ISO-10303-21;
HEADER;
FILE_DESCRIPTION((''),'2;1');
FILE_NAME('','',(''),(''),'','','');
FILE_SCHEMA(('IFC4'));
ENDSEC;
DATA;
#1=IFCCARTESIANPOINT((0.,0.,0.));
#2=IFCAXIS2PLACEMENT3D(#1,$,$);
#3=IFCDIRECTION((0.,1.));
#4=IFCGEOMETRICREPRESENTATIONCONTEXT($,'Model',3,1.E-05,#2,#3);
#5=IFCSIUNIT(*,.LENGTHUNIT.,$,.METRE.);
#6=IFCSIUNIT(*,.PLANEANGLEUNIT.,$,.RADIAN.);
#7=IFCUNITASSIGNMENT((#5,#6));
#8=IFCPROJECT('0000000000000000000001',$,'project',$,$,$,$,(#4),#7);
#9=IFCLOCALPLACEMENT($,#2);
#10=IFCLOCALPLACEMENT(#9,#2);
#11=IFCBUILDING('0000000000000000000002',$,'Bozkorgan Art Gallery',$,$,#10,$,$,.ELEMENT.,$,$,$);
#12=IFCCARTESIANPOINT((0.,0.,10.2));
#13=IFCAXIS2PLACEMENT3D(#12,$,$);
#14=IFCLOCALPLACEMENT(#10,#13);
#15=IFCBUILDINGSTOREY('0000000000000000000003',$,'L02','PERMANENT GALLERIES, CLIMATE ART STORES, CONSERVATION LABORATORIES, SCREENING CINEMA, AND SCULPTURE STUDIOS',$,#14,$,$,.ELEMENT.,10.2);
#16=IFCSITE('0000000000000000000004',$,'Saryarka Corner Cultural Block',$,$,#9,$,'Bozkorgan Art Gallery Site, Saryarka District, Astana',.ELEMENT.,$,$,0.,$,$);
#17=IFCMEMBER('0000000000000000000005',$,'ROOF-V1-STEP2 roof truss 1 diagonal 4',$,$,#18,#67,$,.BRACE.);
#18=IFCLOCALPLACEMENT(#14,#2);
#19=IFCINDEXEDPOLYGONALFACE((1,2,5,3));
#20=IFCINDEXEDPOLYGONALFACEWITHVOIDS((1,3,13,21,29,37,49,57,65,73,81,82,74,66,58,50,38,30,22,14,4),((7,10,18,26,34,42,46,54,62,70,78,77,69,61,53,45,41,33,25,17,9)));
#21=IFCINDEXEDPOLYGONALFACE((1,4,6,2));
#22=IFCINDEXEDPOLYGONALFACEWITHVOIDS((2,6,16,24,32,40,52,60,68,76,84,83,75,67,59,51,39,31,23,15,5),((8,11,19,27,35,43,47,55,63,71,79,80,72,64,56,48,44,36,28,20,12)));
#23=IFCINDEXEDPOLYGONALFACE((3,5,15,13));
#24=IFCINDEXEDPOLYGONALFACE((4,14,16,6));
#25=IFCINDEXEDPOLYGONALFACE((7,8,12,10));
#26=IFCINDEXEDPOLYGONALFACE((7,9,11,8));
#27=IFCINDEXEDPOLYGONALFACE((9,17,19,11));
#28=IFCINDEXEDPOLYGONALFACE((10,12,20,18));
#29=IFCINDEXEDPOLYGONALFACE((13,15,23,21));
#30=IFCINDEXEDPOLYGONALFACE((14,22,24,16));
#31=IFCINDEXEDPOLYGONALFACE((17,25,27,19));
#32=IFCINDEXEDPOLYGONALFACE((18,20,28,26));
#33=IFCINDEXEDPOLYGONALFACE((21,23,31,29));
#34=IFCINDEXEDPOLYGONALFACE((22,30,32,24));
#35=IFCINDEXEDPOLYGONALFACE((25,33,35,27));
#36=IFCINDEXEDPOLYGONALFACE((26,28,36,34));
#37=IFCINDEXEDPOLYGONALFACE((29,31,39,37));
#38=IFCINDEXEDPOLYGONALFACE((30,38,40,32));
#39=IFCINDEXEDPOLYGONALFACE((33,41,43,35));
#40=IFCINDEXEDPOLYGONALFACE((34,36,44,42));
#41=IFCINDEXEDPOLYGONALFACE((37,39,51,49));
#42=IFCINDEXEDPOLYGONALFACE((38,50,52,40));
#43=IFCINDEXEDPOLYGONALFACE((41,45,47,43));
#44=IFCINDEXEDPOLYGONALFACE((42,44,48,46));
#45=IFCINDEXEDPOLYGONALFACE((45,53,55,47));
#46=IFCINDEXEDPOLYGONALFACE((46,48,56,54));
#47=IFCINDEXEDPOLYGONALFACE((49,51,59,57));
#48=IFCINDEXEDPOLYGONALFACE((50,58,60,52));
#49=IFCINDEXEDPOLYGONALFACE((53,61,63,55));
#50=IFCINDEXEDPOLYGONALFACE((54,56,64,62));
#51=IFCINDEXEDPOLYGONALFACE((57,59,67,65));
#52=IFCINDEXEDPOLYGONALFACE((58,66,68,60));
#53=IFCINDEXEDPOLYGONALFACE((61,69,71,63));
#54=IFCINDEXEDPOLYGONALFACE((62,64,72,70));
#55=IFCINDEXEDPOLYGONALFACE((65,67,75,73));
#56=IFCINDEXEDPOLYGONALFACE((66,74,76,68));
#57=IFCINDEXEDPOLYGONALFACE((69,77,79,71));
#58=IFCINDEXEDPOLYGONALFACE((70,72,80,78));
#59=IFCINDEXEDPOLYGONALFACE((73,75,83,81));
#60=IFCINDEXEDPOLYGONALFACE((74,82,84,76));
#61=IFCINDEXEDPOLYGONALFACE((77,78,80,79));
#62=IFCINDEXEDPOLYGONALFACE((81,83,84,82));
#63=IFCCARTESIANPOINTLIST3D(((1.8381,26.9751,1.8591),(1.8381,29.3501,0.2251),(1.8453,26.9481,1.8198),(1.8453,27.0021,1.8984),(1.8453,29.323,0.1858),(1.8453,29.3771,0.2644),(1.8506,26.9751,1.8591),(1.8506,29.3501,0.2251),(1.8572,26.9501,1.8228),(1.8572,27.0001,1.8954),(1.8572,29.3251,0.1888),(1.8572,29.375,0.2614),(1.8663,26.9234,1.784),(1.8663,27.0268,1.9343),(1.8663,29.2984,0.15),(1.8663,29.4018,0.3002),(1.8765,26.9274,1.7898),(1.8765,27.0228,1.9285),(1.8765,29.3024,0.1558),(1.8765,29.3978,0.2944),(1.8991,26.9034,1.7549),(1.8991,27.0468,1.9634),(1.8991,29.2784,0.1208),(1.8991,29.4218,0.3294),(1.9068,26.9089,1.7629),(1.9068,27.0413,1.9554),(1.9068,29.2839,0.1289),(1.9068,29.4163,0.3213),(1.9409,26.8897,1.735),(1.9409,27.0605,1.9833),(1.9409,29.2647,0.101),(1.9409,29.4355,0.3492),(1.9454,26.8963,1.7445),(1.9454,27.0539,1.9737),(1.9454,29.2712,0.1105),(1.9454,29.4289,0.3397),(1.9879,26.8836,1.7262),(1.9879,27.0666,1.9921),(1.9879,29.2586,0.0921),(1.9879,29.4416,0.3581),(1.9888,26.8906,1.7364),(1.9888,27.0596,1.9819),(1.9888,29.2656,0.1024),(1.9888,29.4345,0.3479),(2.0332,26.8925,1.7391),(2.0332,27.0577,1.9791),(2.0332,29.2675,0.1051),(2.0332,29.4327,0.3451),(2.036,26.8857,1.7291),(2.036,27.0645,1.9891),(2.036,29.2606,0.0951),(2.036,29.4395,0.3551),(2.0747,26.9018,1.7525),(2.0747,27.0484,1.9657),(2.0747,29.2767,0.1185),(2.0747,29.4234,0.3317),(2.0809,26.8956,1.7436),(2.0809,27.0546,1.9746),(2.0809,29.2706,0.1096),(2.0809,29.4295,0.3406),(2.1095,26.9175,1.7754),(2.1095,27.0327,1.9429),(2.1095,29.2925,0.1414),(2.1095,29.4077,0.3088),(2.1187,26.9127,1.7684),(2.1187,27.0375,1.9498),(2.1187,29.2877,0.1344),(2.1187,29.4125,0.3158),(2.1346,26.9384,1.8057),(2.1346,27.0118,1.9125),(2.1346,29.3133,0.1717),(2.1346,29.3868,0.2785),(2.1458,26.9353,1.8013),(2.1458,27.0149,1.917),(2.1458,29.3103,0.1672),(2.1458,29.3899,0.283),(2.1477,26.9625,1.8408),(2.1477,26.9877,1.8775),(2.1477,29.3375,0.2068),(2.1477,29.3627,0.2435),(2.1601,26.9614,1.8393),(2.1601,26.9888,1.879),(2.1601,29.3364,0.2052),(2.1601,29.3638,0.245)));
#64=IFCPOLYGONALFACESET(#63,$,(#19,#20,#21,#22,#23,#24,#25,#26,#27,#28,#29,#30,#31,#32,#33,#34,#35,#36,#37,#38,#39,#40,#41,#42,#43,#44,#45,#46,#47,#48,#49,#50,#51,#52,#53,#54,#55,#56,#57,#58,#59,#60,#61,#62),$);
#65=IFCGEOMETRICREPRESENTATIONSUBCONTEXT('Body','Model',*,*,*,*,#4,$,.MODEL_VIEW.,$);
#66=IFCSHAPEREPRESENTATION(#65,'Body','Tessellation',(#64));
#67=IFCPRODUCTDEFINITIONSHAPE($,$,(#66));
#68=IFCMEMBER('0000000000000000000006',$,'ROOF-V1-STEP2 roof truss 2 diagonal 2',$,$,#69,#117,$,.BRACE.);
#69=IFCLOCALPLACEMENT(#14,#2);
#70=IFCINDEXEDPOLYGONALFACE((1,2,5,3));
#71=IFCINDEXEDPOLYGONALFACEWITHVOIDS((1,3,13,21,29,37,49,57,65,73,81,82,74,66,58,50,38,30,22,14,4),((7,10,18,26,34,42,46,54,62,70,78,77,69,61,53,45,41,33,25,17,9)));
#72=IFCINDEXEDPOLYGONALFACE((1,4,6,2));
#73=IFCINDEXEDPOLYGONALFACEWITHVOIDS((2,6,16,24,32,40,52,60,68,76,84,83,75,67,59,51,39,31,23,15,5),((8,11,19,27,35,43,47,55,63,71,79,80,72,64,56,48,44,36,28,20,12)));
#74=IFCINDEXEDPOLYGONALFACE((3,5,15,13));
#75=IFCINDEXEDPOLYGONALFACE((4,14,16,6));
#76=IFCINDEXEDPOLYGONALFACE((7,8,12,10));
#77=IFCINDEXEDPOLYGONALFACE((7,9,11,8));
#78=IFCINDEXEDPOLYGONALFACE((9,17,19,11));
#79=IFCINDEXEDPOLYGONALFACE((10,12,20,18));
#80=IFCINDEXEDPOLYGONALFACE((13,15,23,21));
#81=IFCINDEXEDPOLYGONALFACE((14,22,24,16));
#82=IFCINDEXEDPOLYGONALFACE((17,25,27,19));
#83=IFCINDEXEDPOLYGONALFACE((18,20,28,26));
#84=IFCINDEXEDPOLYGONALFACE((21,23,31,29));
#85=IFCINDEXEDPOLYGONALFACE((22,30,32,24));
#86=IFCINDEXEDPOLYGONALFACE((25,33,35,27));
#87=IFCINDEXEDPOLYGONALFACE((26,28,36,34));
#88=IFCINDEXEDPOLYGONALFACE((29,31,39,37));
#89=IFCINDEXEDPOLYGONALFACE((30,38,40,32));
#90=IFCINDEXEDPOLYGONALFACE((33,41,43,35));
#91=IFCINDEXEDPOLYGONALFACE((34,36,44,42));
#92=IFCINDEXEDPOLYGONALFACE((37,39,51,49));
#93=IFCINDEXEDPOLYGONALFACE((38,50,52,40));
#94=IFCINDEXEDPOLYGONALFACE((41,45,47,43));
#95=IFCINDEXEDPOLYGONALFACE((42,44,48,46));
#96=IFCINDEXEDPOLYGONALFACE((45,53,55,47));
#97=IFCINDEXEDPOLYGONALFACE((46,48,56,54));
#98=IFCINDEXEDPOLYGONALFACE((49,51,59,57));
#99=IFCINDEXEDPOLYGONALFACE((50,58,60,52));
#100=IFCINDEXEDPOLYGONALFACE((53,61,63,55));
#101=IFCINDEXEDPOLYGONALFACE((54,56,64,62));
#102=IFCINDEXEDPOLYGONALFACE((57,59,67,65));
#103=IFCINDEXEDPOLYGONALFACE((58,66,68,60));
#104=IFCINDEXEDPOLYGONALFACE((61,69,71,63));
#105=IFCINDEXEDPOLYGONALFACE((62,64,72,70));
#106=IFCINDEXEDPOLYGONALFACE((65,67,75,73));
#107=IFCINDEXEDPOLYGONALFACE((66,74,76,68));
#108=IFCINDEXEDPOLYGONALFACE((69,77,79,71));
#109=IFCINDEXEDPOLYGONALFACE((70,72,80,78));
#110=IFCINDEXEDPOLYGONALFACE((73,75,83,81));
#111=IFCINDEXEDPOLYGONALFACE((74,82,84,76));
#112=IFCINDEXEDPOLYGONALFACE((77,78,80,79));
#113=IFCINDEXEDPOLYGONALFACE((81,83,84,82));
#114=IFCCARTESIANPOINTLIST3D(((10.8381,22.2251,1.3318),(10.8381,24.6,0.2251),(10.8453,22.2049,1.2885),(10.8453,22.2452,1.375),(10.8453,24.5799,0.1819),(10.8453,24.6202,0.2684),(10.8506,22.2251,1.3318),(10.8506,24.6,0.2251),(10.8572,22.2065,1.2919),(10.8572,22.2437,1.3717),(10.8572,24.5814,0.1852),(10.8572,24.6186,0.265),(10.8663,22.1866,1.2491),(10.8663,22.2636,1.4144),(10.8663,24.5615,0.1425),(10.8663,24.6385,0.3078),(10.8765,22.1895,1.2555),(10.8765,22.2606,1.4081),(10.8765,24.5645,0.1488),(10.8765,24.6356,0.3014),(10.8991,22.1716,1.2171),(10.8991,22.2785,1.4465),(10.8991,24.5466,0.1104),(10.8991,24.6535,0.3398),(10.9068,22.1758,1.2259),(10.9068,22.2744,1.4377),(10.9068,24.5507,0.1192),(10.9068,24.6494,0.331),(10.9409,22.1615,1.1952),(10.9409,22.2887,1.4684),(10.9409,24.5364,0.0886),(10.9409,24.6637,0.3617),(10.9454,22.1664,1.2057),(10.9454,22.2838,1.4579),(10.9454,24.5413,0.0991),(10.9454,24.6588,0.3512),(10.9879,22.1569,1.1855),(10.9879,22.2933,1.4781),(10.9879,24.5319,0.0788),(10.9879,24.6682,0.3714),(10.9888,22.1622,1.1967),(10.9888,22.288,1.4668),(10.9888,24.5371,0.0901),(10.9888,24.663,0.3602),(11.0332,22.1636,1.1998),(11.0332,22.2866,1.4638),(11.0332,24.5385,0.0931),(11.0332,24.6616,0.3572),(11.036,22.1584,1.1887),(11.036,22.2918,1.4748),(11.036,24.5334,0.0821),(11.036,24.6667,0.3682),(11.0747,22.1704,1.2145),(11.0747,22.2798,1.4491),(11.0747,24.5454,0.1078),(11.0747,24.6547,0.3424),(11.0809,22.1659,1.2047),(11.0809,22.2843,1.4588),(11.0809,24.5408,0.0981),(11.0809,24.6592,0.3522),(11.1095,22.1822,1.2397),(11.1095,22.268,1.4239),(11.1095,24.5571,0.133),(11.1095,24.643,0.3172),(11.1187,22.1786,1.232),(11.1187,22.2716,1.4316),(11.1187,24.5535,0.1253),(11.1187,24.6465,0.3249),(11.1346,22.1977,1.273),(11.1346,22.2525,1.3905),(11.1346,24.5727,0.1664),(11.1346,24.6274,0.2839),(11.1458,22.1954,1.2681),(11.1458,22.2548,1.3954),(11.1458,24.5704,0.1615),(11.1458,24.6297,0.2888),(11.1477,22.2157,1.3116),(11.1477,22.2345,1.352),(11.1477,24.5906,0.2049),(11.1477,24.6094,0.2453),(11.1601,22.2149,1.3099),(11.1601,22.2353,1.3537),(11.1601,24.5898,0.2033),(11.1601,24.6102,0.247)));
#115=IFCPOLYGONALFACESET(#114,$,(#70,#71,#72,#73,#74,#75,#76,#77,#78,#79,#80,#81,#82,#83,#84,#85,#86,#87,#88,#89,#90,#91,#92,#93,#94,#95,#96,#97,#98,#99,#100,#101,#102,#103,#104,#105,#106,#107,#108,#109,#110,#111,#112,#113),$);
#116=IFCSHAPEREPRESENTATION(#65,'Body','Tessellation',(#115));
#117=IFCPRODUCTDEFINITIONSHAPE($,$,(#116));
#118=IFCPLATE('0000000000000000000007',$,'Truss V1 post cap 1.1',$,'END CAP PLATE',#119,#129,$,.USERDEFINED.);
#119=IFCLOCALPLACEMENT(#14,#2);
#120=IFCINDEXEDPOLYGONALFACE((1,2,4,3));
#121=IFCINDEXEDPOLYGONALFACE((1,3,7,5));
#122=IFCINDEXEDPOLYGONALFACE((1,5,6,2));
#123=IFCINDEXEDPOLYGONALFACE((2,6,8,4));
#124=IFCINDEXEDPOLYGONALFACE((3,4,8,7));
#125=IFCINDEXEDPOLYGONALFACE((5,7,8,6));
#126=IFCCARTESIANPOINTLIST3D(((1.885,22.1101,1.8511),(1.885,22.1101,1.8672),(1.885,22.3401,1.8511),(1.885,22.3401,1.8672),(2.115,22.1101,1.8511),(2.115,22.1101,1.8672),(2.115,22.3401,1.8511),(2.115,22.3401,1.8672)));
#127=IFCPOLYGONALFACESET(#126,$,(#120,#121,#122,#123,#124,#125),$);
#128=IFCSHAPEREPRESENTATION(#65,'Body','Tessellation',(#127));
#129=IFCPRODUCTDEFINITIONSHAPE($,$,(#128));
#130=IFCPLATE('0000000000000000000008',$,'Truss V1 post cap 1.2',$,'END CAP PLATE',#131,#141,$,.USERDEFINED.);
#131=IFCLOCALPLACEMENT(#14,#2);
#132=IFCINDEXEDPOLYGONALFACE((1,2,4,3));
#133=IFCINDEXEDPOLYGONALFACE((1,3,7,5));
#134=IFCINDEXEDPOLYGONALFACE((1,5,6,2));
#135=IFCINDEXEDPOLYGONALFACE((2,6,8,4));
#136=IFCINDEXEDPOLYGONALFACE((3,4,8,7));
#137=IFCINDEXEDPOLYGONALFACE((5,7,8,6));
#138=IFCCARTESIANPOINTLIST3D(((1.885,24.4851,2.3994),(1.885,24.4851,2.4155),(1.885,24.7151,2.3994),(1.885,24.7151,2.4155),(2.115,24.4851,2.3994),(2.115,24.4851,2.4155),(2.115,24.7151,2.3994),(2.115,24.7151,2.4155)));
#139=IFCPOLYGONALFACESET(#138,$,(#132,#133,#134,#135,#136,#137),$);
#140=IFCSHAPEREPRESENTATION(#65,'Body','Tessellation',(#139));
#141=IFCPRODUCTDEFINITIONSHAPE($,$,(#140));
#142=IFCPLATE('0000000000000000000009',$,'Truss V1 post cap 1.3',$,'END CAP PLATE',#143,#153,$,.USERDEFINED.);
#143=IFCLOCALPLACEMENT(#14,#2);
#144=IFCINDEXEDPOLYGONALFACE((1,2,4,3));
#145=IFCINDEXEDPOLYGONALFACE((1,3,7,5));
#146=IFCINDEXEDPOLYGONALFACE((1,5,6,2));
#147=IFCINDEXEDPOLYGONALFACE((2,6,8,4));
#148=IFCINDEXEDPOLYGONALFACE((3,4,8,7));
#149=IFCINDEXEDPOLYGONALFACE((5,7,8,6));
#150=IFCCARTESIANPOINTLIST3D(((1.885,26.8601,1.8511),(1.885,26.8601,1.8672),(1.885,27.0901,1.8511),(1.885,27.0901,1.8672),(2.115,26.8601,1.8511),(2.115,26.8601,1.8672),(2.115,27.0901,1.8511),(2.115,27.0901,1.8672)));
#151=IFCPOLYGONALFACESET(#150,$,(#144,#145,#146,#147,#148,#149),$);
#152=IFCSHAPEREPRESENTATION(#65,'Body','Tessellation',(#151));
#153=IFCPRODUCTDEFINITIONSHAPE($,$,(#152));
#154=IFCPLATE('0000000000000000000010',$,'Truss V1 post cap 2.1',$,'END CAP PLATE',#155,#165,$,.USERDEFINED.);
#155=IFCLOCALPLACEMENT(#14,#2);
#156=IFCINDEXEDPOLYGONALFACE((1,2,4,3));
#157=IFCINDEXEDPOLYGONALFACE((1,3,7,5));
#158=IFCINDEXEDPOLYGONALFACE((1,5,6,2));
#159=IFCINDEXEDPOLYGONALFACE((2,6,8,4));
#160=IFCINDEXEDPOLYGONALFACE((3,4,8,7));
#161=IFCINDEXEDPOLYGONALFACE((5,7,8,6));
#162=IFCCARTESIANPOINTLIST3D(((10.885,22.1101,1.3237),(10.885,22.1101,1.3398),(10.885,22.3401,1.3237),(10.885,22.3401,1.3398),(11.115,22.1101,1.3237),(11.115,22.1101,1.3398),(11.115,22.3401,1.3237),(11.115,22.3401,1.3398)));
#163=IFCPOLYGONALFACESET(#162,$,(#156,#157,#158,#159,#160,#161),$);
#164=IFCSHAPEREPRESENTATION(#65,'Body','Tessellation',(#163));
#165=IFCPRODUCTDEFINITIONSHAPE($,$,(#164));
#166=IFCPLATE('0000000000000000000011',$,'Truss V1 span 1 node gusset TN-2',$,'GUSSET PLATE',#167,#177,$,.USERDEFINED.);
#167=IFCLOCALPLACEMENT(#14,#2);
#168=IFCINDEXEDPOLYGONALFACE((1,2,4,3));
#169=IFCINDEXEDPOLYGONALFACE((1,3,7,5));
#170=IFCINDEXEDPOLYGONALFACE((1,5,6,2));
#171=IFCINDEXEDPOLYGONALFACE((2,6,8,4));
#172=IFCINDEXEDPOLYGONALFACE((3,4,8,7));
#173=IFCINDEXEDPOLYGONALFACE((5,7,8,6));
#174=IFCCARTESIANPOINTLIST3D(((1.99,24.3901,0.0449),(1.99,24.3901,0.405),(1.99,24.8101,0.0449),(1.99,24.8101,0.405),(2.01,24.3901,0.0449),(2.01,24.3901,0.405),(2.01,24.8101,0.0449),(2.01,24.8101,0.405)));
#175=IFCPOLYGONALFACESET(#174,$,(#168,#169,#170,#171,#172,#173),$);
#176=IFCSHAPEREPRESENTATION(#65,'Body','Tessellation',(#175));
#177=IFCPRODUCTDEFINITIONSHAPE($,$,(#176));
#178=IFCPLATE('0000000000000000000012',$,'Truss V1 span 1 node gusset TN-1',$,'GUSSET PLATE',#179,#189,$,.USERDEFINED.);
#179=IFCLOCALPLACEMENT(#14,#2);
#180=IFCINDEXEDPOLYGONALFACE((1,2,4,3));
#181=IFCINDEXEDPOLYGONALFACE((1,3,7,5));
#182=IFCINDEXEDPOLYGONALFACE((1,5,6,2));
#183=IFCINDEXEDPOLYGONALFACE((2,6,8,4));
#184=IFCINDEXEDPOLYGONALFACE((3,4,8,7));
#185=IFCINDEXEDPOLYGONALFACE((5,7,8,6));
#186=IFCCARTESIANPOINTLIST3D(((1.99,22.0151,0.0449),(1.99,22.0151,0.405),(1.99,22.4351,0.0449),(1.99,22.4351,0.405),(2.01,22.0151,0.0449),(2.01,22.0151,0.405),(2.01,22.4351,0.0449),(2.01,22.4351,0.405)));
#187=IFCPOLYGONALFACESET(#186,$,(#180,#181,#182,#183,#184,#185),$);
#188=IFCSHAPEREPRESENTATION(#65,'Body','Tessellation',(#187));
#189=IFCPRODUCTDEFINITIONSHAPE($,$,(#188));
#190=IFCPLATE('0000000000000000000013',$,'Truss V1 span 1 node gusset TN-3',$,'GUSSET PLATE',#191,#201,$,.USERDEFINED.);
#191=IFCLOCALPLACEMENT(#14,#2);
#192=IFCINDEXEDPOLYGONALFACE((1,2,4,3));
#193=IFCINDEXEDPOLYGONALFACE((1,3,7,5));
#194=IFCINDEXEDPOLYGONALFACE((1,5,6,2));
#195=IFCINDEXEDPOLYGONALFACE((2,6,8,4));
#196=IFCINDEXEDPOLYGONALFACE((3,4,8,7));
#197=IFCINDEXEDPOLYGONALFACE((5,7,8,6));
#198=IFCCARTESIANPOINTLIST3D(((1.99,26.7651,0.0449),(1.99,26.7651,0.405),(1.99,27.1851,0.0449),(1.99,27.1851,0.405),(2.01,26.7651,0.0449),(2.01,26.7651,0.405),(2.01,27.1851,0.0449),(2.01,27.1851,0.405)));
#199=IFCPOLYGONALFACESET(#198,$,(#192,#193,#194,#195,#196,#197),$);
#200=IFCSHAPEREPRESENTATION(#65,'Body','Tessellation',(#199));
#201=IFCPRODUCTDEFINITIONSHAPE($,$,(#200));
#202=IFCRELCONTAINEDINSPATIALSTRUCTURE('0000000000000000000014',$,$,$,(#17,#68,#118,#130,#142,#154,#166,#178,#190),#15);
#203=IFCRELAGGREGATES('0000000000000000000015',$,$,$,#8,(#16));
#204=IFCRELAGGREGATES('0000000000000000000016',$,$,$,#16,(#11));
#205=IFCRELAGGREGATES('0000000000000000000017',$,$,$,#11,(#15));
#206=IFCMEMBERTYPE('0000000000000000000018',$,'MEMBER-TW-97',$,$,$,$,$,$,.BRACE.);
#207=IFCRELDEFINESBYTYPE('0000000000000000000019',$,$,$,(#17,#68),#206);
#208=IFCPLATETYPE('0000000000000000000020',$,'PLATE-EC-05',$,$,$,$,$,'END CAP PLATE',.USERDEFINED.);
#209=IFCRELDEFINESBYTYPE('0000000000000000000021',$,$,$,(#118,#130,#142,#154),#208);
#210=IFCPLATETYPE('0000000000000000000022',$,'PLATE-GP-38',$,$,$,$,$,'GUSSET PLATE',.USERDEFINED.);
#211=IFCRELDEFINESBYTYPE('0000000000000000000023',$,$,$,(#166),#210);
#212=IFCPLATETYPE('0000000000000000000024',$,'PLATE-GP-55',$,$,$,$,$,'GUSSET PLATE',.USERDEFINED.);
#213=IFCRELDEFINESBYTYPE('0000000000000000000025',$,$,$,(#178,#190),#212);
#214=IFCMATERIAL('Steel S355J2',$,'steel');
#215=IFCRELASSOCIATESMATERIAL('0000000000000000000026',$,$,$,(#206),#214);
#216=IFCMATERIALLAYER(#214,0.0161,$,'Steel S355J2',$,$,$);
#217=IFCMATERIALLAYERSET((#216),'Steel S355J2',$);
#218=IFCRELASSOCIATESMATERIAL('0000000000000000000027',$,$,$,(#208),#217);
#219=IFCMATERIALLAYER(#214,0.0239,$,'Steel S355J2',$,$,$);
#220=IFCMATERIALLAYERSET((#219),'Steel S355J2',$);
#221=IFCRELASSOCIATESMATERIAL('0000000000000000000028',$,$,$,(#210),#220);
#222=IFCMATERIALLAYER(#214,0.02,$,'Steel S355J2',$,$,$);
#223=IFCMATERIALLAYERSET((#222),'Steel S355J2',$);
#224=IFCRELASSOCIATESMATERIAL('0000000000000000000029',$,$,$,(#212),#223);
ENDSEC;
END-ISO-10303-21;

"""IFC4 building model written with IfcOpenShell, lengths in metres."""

from ifc_helpers import new_model, si_unit, direction, frame, origin, origin_2d, place, context, subcontext, project, spatial, rectangle, hollow_circle, extrude, material, layer, layer_set, material_profile, profile_set, type_object, element, save


model = new_model("IFC4")

# Units and contexts
model_context = context("Model", 3, precision=1e-05, world=origin(), true_north=direction((0.0, 1.0)))
body_context = subcontext(model_context, "Body", "Model", "MODEL_VIEW")
ifc_project = project(units=[si_unit("LENGTHUNIT", "METRE"), si_unit("PLANEANGLEUNIT", "RADIAN")], contexts=[model_context])

# Site, building, storey
site_placement = place(None, origin())
site = spatial("IfcSite", under=ifc_project, at=site_placement, Name="Saryarka Corner Cultural Block", LongName="Bozkorgan Art Gallery Site, Saryarka District, Astana", CompositionType="ELEMENT", RefElevation=0.0)
building_placement = place(site_placement, origin())
building = spatial("IfcBuilding", under=site, at=building_placement, Name="Bozkorgan Art Gallery", CompositionType="ELEMENT")
storey_placement = place(building_placement, frame((0.0, 0.0, 10.2)))
storey = spatial("IfcBuildingStorey", under=building, at=storey_placement, Name="L02", Description="PERMANENT GALLERIES, CLIMATE ART STORES, CONSERVATION LABORATORIES, SCREENING CINEMA, AND SCULPTURE STUDIOS", CompositionType="ELEMENT", Elevation=10.2)

# Members
ifc_material_1 = material(Name="Steel S355J2", Category="steel")
ifc_material_profile_1 = material_profile(ifc_material_1, hollow_circle(Radius=0.1619, WallThickness=0.0125, at=origin_2d()), Name="CHS 323.9x12.5")
ifc_profile_set_1 = profile_set([ifc_material_profile_1], Name="Steel S355J2")
member_type_1 = type_object("IfcMemberType", Name="MEMBER-TW-97", PredefinedType="BRACE", material=ifc_profile_set_1)
for number, where, z_axis, x_axis, name in (
    (1, (2.0, 26.9751, 1.8591), (0.0, 0.823844, -0.566816), (-1.0, 0.0, 0.0), "ROOF-V1-STEP2 roof truss 1 diagonal 4"),
):
    element("IfcMember", number, at=place(storey_placement, frame(where, z_axis=z_axis, x_axis=x_axis)), inside=storey, type_object=member_type_1, Name=name, PredefinedType="BRACE", context=body_context, shape_type="SweptSolid", body=[
        extrude(hollow_circle(Radius=0.1619, WallThickness=0.0125, at=origin_2d()), origin(), (0.0, 0.0, 1.0), 2.8828),
    ])
member_1_placement = place(storey_placement, frame((11.0, 22.2251, 1.3318), z_axis=(0.0, 0.906423, -0.42237), x_axis=(-1.0, 0.0, 0.0)))
element("IfcMember", 2, at=member_1_placement, inside=storey, type_object=member_type_1, Name="ROOF-V1-STEP2 roof truss 2 diagonal 2", PredefinedType="BRACE", context=body_context, shape_type="SweptSolid", body=[
    extrude(hollow_circle(Radius=0.1619, WallThickness=0.0125, at=origin_2d()), origin(), (0.0, 0.0, 1.0), 2.6201),
])

# Plates
ifc_layer_1 = layer(ifc_material_1, 0.0161, Name="Steel S355J2")
ifc_layer_set_1 = layer_set([ifc_layer_1], Name="Steel S355J2")
plate_type_1 = type_object("IfcPlateType", Name="PLATE-EC-05", ElementType="END CAP PLATE", PredefinedType="USERDEFINED", material=ifc_layer_set_1)
for number, where, z_axis, x_axis, name in (
    (3, (2.0, 22.2251, 1.8511), (0.0, 0.0, 1.0), (1.0, 0.0, 0.0), "Truss V1 post cap 1.1"),
    (4, (2.0, 24.6001, 2.3994), (0.0, 0.0, 1.0), (1.0, 0.0, 0.0), "Truss V1 post cap 1.2"),
    (5, (2.0, 26.9751, 1.8511), (0.0, 0.0, 1.0), (1.0, 0.0, 0.0), "Truss V1 post cap 1.3"),
    (6, (11.0, 22.2251, 1.3237), (0.0, 0.0, 1.0), (1.0, 0.0, 0.0), "Truss V1 post cap 2.1"),
):
    element("IfcPlate", number, at=place(storey_placement, frame(where, z_axis=z_axis, x_axis=x_axis)), inside=storey, type_object=plate_type_1, Name=name, ObjectType="END CAP PLATE", PredefinedType="USERDEFINED", context=body_context, shape_type="SweptSolid", body=[
        extrude(rectangle(XDim=0.23, YDim=0.23, at=origin_2d()), origin(), (0.0, 0.0, 1.0), 0.0161),
    ])
ifc_layer_2 = layer(ifc_material_1, 0.0239, Name="Steel S355J2")
ifc_layer_set_2 = layer_set([ifc_layer_2], Name="Steel S355J2")
plate_type_2 = type_object("IfcPlateType", Name="PLATE-GP-38", ElementType="GUSSET PLATE", PredefinedType="USERDEFINED", material=ifc_layer_set_2)
plate_placement = place(storey_placement, frame((2.0, 24.6001, 0.0449), z_axis=(0.0, 0.0, 1.0), x_axis=(1.0, 0.0, 0.0)))
element("IfcPlate", 7, at=plate_placement, inside=storey, type_object=plate_type_2, Name="Truss V1 span 1 node gusset TN-2", ObjectType="GUSSET PLATE", PredefinedType="USERDEFINED", context=body_context, shape_type="SweptSolid", body=[
    extrude(rectangle(XDim=0.02, YDim=0.4199, at=origin_2d()), origin(), (0.0, 0.0, 1.0), 0.3601),
])
ifc_layer_3 = layer(ifc_material_1, 0.02, Name="Steel S355J2")
ifc_layer_set_3 = layer_set([ifc_layer_3], Name="Steel S355J2")
plate_type_3 = type_object("IfcPlateType", Name="PLATE-GP-55", ElementType="GUSSET PLATE", PredefinedType="USERDEFINED", material=ifc_layer_set_3)
for number, where, z_axis, x_axis, name in (
    (8, (2.0, 22.2251, 0.0449), (0.0, 0.0, 1.0), (1.0, 0.0, 0.0), "Truss V1 span 1 node gusset TN-1"),
    (9, (2.0, 26.9751, 0.0449), (0.0, 0.0, 1.0), (1.0, 0.0, 0.0), "Truss V1 span 1 node gusset TN-3"),
):
    element("IfcPlate", number, at=place(storey_placement, frame(where, z_axis=z_axis, x_axis=x_axis)), inside=storey, type_object=plate_type_3, Name=name, ObjectType="GUSSET PLATE", PredefinedType="USERDEFINED", context=body_context, shape_type="SweptSolid", body=[
        extrude(rectangle(XDim=0.02, YDim=0.4199, at=origin_2d()), origin(), (0.0, 0.0, 1.0), 0.3601),
    ])

save(model, "model.ifc")
